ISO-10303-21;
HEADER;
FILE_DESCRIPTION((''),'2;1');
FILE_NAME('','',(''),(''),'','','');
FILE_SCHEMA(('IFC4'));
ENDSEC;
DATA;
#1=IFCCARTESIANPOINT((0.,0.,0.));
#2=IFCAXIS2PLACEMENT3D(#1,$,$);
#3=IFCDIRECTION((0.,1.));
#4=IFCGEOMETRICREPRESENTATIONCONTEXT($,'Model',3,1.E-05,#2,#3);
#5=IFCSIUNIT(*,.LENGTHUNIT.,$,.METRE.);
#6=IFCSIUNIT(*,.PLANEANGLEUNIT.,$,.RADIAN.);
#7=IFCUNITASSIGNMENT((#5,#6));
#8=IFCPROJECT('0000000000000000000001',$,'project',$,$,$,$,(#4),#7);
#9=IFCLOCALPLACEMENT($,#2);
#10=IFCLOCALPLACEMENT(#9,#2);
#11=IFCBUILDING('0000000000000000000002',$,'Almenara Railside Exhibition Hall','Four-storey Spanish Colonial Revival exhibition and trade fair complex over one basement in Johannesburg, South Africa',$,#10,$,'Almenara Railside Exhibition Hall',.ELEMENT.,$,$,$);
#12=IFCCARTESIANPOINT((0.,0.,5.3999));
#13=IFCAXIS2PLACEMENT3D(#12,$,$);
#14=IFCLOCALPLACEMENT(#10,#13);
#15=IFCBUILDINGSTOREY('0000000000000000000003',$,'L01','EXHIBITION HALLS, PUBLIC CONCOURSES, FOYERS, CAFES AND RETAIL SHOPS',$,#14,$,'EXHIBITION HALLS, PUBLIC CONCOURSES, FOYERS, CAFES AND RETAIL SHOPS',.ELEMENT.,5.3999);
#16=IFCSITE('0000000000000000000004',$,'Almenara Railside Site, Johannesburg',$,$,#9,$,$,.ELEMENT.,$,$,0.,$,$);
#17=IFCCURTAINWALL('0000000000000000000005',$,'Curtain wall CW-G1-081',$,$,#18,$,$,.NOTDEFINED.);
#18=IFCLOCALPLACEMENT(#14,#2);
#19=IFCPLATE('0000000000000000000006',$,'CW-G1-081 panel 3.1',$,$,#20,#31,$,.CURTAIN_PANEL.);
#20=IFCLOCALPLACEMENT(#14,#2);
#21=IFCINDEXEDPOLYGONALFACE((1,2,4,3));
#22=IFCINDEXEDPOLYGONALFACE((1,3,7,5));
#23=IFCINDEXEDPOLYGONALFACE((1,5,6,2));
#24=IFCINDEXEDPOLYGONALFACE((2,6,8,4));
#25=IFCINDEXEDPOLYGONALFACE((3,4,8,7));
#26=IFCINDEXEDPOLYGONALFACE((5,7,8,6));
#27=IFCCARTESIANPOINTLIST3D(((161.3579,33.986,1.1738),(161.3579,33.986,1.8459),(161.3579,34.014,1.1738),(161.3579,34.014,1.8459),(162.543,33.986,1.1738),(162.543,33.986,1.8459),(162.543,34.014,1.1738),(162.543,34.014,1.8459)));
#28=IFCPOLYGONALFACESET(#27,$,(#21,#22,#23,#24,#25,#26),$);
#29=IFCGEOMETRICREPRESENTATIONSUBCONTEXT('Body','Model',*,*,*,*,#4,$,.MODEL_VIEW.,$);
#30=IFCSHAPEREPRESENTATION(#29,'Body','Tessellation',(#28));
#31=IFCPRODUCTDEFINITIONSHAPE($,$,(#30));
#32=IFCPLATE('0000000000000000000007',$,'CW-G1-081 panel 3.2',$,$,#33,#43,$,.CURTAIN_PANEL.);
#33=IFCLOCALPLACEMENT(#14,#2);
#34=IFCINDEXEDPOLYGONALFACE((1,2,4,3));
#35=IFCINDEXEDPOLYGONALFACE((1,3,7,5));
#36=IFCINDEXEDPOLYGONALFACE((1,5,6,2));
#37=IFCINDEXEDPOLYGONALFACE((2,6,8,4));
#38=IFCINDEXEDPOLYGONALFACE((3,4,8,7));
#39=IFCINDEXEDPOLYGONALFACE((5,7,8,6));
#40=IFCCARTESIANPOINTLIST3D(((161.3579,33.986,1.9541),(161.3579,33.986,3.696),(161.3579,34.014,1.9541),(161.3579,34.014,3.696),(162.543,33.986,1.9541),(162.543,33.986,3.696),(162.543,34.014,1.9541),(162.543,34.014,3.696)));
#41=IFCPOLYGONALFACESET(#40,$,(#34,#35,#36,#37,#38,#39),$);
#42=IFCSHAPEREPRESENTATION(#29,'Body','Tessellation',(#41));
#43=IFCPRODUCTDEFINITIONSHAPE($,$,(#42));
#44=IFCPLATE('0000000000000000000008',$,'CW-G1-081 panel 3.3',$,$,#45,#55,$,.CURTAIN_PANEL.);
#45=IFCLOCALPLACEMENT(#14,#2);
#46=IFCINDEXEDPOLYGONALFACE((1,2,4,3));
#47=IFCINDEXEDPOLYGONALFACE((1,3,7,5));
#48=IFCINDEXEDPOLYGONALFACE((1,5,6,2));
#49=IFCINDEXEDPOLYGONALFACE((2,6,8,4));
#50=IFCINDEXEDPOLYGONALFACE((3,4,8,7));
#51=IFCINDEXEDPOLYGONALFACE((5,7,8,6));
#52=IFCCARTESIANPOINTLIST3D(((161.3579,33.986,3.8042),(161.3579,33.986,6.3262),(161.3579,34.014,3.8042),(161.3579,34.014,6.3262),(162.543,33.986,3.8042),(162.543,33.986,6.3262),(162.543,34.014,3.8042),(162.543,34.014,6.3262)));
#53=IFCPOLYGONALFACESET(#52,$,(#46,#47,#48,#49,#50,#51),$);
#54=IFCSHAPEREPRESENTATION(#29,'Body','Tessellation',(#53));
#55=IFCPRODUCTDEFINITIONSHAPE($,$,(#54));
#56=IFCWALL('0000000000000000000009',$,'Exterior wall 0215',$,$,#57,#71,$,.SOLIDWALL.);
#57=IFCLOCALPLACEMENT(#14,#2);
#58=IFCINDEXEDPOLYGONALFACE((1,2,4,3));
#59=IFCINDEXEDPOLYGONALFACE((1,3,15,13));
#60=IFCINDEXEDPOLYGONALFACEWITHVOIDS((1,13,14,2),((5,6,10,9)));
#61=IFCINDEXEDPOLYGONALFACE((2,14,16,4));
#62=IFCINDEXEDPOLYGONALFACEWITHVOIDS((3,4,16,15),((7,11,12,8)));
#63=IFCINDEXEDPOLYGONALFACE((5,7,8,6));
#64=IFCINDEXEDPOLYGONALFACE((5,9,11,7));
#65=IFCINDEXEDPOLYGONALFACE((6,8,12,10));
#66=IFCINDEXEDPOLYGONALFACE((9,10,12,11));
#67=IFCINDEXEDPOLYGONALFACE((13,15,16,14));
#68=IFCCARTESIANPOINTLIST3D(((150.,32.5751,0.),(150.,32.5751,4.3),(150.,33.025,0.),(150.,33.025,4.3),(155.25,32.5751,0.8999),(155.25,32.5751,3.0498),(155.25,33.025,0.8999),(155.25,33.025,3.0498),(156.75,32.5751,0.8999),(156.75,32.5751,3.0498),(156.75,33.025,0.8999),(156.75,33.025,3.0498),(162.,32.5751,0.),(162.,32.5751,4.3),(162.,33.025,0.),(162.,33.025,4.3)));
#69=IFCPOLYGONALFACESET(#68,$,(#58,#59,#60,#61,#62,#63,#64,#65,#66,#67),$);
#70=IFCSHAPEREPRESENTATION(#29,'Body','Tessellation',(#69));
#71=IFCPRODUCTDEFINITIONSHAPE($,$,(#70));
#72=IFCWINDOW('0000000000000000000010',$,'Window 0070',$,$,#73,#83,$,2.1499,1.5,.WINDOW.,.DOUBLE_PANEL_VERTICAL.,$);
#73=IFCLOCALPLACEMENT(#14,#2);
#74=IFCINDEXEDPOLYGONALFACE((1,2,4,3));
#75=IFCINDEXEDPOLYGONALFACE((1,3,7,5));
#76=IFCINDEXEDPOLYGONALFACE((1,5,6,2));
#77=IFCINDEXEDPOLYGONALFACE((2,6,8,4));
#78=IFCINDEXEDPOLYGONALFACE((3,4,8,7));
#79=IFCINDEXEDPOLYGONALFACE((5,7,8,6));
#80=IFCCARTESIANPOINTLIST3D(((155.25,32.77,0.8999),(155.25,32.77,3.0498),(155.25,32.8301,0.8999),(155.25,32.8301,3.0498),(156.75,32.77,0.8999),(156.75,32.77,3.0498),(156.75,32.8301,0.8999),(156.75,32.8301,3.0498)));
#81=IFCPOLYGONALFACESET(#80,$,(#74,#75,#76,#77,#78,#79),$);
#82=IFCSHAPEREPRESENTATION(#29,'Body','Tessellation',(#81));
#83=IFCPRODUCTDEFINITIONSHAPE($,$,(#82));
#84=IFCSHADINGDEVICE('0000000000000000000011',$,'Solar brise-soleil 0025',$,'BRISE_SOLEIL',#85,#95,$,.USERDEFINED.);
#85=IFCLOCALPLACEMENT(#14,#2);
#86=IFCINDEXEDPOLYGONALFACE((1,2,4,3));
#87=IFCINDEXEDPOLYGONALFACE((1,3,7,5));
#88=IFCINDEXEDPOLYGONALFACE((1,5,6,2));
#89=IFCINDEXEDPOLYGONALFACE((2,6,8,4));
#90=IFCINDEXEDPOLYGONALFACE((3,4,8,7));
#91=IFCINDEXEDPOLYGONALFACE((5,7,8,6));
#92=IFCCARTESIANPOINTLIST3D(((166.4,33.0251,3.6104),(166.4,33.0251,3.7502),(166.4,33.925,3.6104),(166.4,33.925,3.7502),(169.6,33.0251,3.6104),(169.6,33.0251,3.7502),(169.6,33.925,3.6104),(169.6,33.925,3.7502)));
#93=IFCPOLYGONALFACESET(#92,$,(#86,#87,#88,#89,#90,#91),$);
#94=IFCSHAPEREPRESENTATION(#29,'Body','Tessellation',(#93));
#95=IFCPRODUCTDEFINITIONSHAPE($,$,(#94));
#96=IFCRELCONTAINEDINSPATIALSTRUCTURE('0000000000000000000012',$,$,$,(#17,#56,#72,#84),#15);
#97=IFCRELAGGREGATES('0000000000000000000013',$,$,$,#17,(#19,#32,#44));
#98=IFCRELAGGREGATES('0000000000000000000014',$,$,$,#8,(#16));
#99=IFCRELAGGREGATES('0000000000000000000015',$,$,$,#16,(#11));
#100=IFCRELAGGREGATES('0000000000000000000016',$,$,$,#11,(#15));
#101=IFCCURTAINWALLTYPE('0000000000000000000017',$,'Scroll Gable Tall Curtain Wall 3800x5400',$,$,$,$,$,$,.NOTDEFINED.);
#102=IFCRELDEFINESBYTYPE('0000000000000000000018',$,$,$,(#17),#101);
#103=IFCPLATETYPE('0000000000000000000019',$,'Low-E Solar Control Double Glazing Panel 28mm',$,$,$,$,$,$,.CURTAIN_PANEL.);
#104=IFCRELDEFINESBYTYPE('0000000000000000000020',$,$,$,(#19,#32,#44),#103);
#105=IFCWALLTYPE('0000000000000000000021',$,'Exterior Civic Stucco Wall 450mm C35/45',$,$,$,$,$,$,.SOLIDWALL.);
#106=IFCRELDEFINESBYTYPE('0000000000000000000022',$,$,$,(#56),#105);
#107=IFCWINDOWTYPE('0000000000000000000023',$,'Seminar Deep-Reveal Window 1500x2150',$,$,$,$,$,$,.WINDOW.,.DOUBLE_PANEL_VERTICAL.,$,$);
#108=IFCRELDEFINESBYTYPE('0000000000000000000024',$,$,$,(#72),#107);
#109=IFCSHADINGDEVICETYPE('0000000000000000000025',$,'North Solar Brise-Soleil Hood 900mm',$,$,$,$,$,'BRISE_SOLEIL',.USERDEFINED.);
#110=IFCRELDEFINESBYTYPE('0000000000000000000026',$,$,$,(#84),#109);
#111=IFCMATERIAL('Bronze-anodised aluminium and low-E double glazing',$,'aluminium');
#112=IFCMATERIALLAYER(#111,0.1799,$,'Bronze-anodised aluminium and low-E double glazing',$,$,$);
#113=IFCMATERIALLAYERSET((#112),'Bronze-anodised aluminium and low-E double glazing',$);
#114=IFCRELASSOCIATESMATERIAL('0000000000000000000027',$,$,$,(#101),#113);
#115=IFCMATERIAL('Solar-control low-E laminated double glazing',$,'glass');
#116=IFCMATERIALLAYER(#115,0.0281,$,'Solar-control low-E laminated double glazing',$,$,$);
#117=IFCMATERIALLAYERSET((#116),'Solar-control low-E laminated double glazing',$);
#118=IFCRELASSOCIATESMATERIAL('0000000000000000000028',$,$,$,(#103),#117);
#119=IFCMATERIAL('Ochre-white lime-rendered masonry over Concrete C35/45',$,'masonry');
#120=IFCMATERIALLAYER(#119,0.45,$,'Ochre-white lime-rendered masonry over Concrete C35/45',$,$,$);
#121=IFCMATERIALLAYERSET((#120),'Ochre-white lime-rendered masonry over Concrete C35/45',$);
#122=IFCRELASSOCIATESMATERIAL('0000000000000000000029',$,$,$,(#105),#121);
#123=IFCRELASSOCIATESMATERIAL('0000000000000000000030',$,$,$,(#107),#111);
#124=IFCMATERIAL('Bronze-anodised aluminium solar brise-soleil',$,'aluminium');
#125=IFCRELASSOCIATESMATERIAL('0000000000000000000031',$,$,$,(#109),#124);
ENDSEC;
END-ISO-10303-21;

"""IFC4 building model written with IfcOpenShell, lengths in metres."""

from ifc_helpers import new_model, si_unit, direction, frame, frame_2d, origin, origin_2d, place, context, subcontext, project, spatial, rectangle, extrude, material, layer, layer_set, type_object, element, fill, aggregate, save


model = new_model("IFC4")

# Units and contexts
model_context = context("Model", 3, precision=1e-05, world=origin(), true_north=direction((0.0, 1.0)))
body_context = subcontext(model_context, "Body", "Model", "MODEL_VIEW")
ifc_project = project(units=[si_unit("LENGTHUNIT", "METRE"), si_unit("PLANEANGLEUNIT", "RADIAN")], contexts=[model_context])

# Site, building, storey
site_placement = place(None, origin())
site = spatial("IfcSite", under=ifc_project, at=site_placement, Name="Almenara Railside Site, Johannesburg", CompositionType="ELEMENT", RefElevation=0.0)
building_placement = place(site_placement, origin())
building = spatial("IfcBuilding", under=site, at=building_placement, Name="Almenara Railside Exhibition Hall", Description="Four-storey Spanish Colonial Revival exhibition and trade fair complex over one basement in Johannesburg, South Africa", LongName="Almenara Railside Exhibition Hall", CompositionType="ELEMENT")
storey_placement = place(building_placement, frame((0.0, 0.0, 5.3999)))
storey = spatial("IfcBuildingStorey", under=building, at=storey_placement, Name="L01", Description="EXHIBITION HALLS, PUBLIC CONCOURSES, FOYERS, CAFES AND RETAIL SHOPS", LongName="EXHIBITION HALLS, PUBLIC CONCOURSES, FOYERS, CAFES AND RETAIL SHOPS", CompositionType="ELEMENT", Elevation=5.3999)

# Shared definitions
ifc_material_1 = material(Name="Bronze-anodised aluminium and low-E double glazing", Category="aluminium")
ifc_layer_1 = layer(ifc_material_1, 0.1799, Name="Bronze-anodised aluminium and low-E double glazing")
ifc_layer_set_1 = layer_set([ifc_layer_1], Name="Bronze-anodised aluminium and low-E double glazing")
curtain_wall_type = type_object("IfcCurtainWallType", Name="Scroll Gable Tall Curtain Wall 3800x5400", PredefinedType="NOTDEFINED", material=ifc_layer_set_1)

# Curtain wall
curtain_wall_1_placement = place(storey_placement, origin())
curtain_wall_1 = element("IfcCurtainWall", 1, at=curtain_wall_1_placement, inside=storey, type_object=curtain_wall_type, Name="Curtain wall CW-G1-081", PredefinedType="NOTDEFINED")

# Plates
ifc_material_2 = material(Name="Solar-control low-E laminated double glazing", Category="glass")
ifc_layer_2 = layer(ifc_material_2, 0.0281, Name="Solar-control low-E laminated double glazing")
ifc_layer_set_2 = layer_set([ifc_layer_2], Name="Solar-control low-E laminated double glazing")
plate_type = type_object("IfcPlateType", Name="Low-E Solar Control Double Glazing Panel 28mm", PredefinedType="CURTAIN_PANEL", material=ifc_layer_set_2)
plate_1_placement = place(storey_placement, frame((161.9504, 34.0, 1.1738), z_axis=(0.0, 0.0, 1.0), x_axis=(1.0, 0.0, 0.0)))
plate_1 = element("IfcPlate", 2, at=plate_1_placement, type_object=plate_type, Name="CW-G1-081 panel 3.1", PredefinedType="CURTAIN_PANEL", context=body_context, shape_type="SweptSolid", body=[
    extrude(rectangle(XDim=1.1851, YDim=0.0281, at=origin_2d()), origin(), (0.0, 0.0, 1.0), 0.6721),
])
plate_2_placement = place(storey_placement, frame((161.9504, 34.0, 1.9541), z_axis=(0.0, 0.0, 1.0), x_axis=(1.0, 0.0, 0.0)))
plate_2 = element("IfcPlate", 3, at=plate_2_placement, type_object=plate_type, Name="CW-G1-081 panel 3.2", PredefinedType="CURTAIN_PANEL", context=body_context, shape_type="SweptSolid", body=[
    extrude(rectangle(XDim=1.1851, YDim=0.0281, at=origin_2d()), origin(), (0.0, 0.0, 1.0), 1.7419),
])
plate_3_placement = place(storey_placement, frame((161.9504, 34.0, 3.8042), z_axis=(0.0, 0.0, 1.0), x_axis=(1.0, 0.0, 0.0)))
plate_3 = element("IfcPlate", 4, at=plate_3_placement, type_object=plate_type, Name="CW-G1-081 panel 3.3", PredefinedType="CURTAIN_PANEL", context=body_context, shape_type="SweptSolid", body=[
    extrude(rectangle(XDim=1.1851, YDim=0.0281, at=origin_2d()), origin(), (0.0, 0.0, 1.0), 2.522),
])
aggregate(curtain_wall_1, [plate_1, plate_2, plate_3])

# Wall, opening, window
ifc_material_3 = material(Name="Ochre-white lime-rendered masonry over Concrete C35/45", Category="masonry")
ifc_layer_3 = layer(ifc_material_3, 0.45, Name="Ochre-white lime-rendered masonry over Concrete C35/45")
ifc_layer_set_3 = layer_set([ifc_layer_3], Name="Ochre-white lime-rendered masonry over Concrete C35/45")
wall_type = type_object("IfcWallType", Name="Exterior Civic Stucco Wall 450mm C35/45", PredefinedType="SOLIDWALL", material=ifc_layer_set_3)
wall_placement = place(storey_placement, frame((162.0, 32.8, 0.0), z_axis=(0.0, 0.0, 1.0), x_axis=(-1.0, 0.0, 0.0)))
wall = element("IfcWall", 5, at=wall_placement, inside=storey, type_object=wall_type, Name="Exterior wall 0215", PredefinedType="SOLIDWALL", context=body_context, shape_type="SweptSolid", body=[
    extrude(rectangle(XDim=12.0, YDim=0.45, at=frame_2d((6.0, 0.0))), origin(), (0.0, 0.0, 1.0), 4.3),
])
opening_placement = place(wall_placement, frame((5.25, 0.0, 0.8999)))
opening = element("IfcOpeningElement", 6, at=opening_placement, cuts=wall, PredefinedType="OPENING", context=body_context, shape_type="SweptSolid", body=[
    extrude(rectangle(XDim=1.5, YDim=2.1499, at=frame_2d((0.75, 1.075))), frame((0.0, 0.2349, 0.0), z_axis=(0.0, -1.0, 0.0), x_axis=(1.0, 0.0, 0.0)), (0.0, 0.0, 1.0), 0.47),
])
window_type = type_object("IfcWindowType", Name="Seminar Deep-Reveal Window 1500x2150", PartitioningType="DOUBLE_PANEL_VERTICAL", PredefinedType="WINDOW", material=ifc_material_1)
window_placement = place(opening_placement, origin())
window = element("IfcWindow", 7, at=window_placement, inside=storey, type_object=window_type, Name="Window 0070", OverallHeight=2.1499, OverallWidth=1.5, PartitioningType="DOUBLE_PANEL_VERTICAL", PredefinedType="WINDOW", context=body_context, shape_type="SweptSolid", body=[
    extrude(rectangle(XDim=1.5, YDim=2.1499, at=frame_2d((0.75, 1.075))), frame((0.0, 0.03, 0.0), z_axis=(0.0, -1.0, 0.0), x_axis=(1.0, 0.0, 0.0)), (0.0, 0.0, 1.0), 0.0601),
])
fill(opening, window)

# Shading device
ifc_material_4 = material(Name="Bronze-anodised aluminium solar brise-soleil", Category="aluminium")
shading_device_type = type_object("IfcShadingDeviceType", Name="North Solar Brise-Soleil Hood 900mm", ElementType="BRISE_SOLEIL", PredefinedType="USERDEFINED", material=ifc_material_4)
shading_device_placement = place(storey_placement, frame((168.0, 33.4751, 3.6104), z_axis=(0.0, 0.0, 1.0), x_axis=(-1.0, 0.0, 0.0)))
element("IfcShadingDevice", 8, at=shading_device_placement, inside=storey, type_object=shading_device_type, Name="Solar brise-soleil 0025", ObjectType="BRISE_SOLEIL", PredefinedType="USERDEFINED", context=body_context, shape_type="SweptSolid", body=[
    extrude(rectangle(XDim=3.2, YDim=0.8999, at=origin_2d()), origin(), (0.0, 0.0, 1.0), 0.1399),
])

save(model, "model.ifc")
